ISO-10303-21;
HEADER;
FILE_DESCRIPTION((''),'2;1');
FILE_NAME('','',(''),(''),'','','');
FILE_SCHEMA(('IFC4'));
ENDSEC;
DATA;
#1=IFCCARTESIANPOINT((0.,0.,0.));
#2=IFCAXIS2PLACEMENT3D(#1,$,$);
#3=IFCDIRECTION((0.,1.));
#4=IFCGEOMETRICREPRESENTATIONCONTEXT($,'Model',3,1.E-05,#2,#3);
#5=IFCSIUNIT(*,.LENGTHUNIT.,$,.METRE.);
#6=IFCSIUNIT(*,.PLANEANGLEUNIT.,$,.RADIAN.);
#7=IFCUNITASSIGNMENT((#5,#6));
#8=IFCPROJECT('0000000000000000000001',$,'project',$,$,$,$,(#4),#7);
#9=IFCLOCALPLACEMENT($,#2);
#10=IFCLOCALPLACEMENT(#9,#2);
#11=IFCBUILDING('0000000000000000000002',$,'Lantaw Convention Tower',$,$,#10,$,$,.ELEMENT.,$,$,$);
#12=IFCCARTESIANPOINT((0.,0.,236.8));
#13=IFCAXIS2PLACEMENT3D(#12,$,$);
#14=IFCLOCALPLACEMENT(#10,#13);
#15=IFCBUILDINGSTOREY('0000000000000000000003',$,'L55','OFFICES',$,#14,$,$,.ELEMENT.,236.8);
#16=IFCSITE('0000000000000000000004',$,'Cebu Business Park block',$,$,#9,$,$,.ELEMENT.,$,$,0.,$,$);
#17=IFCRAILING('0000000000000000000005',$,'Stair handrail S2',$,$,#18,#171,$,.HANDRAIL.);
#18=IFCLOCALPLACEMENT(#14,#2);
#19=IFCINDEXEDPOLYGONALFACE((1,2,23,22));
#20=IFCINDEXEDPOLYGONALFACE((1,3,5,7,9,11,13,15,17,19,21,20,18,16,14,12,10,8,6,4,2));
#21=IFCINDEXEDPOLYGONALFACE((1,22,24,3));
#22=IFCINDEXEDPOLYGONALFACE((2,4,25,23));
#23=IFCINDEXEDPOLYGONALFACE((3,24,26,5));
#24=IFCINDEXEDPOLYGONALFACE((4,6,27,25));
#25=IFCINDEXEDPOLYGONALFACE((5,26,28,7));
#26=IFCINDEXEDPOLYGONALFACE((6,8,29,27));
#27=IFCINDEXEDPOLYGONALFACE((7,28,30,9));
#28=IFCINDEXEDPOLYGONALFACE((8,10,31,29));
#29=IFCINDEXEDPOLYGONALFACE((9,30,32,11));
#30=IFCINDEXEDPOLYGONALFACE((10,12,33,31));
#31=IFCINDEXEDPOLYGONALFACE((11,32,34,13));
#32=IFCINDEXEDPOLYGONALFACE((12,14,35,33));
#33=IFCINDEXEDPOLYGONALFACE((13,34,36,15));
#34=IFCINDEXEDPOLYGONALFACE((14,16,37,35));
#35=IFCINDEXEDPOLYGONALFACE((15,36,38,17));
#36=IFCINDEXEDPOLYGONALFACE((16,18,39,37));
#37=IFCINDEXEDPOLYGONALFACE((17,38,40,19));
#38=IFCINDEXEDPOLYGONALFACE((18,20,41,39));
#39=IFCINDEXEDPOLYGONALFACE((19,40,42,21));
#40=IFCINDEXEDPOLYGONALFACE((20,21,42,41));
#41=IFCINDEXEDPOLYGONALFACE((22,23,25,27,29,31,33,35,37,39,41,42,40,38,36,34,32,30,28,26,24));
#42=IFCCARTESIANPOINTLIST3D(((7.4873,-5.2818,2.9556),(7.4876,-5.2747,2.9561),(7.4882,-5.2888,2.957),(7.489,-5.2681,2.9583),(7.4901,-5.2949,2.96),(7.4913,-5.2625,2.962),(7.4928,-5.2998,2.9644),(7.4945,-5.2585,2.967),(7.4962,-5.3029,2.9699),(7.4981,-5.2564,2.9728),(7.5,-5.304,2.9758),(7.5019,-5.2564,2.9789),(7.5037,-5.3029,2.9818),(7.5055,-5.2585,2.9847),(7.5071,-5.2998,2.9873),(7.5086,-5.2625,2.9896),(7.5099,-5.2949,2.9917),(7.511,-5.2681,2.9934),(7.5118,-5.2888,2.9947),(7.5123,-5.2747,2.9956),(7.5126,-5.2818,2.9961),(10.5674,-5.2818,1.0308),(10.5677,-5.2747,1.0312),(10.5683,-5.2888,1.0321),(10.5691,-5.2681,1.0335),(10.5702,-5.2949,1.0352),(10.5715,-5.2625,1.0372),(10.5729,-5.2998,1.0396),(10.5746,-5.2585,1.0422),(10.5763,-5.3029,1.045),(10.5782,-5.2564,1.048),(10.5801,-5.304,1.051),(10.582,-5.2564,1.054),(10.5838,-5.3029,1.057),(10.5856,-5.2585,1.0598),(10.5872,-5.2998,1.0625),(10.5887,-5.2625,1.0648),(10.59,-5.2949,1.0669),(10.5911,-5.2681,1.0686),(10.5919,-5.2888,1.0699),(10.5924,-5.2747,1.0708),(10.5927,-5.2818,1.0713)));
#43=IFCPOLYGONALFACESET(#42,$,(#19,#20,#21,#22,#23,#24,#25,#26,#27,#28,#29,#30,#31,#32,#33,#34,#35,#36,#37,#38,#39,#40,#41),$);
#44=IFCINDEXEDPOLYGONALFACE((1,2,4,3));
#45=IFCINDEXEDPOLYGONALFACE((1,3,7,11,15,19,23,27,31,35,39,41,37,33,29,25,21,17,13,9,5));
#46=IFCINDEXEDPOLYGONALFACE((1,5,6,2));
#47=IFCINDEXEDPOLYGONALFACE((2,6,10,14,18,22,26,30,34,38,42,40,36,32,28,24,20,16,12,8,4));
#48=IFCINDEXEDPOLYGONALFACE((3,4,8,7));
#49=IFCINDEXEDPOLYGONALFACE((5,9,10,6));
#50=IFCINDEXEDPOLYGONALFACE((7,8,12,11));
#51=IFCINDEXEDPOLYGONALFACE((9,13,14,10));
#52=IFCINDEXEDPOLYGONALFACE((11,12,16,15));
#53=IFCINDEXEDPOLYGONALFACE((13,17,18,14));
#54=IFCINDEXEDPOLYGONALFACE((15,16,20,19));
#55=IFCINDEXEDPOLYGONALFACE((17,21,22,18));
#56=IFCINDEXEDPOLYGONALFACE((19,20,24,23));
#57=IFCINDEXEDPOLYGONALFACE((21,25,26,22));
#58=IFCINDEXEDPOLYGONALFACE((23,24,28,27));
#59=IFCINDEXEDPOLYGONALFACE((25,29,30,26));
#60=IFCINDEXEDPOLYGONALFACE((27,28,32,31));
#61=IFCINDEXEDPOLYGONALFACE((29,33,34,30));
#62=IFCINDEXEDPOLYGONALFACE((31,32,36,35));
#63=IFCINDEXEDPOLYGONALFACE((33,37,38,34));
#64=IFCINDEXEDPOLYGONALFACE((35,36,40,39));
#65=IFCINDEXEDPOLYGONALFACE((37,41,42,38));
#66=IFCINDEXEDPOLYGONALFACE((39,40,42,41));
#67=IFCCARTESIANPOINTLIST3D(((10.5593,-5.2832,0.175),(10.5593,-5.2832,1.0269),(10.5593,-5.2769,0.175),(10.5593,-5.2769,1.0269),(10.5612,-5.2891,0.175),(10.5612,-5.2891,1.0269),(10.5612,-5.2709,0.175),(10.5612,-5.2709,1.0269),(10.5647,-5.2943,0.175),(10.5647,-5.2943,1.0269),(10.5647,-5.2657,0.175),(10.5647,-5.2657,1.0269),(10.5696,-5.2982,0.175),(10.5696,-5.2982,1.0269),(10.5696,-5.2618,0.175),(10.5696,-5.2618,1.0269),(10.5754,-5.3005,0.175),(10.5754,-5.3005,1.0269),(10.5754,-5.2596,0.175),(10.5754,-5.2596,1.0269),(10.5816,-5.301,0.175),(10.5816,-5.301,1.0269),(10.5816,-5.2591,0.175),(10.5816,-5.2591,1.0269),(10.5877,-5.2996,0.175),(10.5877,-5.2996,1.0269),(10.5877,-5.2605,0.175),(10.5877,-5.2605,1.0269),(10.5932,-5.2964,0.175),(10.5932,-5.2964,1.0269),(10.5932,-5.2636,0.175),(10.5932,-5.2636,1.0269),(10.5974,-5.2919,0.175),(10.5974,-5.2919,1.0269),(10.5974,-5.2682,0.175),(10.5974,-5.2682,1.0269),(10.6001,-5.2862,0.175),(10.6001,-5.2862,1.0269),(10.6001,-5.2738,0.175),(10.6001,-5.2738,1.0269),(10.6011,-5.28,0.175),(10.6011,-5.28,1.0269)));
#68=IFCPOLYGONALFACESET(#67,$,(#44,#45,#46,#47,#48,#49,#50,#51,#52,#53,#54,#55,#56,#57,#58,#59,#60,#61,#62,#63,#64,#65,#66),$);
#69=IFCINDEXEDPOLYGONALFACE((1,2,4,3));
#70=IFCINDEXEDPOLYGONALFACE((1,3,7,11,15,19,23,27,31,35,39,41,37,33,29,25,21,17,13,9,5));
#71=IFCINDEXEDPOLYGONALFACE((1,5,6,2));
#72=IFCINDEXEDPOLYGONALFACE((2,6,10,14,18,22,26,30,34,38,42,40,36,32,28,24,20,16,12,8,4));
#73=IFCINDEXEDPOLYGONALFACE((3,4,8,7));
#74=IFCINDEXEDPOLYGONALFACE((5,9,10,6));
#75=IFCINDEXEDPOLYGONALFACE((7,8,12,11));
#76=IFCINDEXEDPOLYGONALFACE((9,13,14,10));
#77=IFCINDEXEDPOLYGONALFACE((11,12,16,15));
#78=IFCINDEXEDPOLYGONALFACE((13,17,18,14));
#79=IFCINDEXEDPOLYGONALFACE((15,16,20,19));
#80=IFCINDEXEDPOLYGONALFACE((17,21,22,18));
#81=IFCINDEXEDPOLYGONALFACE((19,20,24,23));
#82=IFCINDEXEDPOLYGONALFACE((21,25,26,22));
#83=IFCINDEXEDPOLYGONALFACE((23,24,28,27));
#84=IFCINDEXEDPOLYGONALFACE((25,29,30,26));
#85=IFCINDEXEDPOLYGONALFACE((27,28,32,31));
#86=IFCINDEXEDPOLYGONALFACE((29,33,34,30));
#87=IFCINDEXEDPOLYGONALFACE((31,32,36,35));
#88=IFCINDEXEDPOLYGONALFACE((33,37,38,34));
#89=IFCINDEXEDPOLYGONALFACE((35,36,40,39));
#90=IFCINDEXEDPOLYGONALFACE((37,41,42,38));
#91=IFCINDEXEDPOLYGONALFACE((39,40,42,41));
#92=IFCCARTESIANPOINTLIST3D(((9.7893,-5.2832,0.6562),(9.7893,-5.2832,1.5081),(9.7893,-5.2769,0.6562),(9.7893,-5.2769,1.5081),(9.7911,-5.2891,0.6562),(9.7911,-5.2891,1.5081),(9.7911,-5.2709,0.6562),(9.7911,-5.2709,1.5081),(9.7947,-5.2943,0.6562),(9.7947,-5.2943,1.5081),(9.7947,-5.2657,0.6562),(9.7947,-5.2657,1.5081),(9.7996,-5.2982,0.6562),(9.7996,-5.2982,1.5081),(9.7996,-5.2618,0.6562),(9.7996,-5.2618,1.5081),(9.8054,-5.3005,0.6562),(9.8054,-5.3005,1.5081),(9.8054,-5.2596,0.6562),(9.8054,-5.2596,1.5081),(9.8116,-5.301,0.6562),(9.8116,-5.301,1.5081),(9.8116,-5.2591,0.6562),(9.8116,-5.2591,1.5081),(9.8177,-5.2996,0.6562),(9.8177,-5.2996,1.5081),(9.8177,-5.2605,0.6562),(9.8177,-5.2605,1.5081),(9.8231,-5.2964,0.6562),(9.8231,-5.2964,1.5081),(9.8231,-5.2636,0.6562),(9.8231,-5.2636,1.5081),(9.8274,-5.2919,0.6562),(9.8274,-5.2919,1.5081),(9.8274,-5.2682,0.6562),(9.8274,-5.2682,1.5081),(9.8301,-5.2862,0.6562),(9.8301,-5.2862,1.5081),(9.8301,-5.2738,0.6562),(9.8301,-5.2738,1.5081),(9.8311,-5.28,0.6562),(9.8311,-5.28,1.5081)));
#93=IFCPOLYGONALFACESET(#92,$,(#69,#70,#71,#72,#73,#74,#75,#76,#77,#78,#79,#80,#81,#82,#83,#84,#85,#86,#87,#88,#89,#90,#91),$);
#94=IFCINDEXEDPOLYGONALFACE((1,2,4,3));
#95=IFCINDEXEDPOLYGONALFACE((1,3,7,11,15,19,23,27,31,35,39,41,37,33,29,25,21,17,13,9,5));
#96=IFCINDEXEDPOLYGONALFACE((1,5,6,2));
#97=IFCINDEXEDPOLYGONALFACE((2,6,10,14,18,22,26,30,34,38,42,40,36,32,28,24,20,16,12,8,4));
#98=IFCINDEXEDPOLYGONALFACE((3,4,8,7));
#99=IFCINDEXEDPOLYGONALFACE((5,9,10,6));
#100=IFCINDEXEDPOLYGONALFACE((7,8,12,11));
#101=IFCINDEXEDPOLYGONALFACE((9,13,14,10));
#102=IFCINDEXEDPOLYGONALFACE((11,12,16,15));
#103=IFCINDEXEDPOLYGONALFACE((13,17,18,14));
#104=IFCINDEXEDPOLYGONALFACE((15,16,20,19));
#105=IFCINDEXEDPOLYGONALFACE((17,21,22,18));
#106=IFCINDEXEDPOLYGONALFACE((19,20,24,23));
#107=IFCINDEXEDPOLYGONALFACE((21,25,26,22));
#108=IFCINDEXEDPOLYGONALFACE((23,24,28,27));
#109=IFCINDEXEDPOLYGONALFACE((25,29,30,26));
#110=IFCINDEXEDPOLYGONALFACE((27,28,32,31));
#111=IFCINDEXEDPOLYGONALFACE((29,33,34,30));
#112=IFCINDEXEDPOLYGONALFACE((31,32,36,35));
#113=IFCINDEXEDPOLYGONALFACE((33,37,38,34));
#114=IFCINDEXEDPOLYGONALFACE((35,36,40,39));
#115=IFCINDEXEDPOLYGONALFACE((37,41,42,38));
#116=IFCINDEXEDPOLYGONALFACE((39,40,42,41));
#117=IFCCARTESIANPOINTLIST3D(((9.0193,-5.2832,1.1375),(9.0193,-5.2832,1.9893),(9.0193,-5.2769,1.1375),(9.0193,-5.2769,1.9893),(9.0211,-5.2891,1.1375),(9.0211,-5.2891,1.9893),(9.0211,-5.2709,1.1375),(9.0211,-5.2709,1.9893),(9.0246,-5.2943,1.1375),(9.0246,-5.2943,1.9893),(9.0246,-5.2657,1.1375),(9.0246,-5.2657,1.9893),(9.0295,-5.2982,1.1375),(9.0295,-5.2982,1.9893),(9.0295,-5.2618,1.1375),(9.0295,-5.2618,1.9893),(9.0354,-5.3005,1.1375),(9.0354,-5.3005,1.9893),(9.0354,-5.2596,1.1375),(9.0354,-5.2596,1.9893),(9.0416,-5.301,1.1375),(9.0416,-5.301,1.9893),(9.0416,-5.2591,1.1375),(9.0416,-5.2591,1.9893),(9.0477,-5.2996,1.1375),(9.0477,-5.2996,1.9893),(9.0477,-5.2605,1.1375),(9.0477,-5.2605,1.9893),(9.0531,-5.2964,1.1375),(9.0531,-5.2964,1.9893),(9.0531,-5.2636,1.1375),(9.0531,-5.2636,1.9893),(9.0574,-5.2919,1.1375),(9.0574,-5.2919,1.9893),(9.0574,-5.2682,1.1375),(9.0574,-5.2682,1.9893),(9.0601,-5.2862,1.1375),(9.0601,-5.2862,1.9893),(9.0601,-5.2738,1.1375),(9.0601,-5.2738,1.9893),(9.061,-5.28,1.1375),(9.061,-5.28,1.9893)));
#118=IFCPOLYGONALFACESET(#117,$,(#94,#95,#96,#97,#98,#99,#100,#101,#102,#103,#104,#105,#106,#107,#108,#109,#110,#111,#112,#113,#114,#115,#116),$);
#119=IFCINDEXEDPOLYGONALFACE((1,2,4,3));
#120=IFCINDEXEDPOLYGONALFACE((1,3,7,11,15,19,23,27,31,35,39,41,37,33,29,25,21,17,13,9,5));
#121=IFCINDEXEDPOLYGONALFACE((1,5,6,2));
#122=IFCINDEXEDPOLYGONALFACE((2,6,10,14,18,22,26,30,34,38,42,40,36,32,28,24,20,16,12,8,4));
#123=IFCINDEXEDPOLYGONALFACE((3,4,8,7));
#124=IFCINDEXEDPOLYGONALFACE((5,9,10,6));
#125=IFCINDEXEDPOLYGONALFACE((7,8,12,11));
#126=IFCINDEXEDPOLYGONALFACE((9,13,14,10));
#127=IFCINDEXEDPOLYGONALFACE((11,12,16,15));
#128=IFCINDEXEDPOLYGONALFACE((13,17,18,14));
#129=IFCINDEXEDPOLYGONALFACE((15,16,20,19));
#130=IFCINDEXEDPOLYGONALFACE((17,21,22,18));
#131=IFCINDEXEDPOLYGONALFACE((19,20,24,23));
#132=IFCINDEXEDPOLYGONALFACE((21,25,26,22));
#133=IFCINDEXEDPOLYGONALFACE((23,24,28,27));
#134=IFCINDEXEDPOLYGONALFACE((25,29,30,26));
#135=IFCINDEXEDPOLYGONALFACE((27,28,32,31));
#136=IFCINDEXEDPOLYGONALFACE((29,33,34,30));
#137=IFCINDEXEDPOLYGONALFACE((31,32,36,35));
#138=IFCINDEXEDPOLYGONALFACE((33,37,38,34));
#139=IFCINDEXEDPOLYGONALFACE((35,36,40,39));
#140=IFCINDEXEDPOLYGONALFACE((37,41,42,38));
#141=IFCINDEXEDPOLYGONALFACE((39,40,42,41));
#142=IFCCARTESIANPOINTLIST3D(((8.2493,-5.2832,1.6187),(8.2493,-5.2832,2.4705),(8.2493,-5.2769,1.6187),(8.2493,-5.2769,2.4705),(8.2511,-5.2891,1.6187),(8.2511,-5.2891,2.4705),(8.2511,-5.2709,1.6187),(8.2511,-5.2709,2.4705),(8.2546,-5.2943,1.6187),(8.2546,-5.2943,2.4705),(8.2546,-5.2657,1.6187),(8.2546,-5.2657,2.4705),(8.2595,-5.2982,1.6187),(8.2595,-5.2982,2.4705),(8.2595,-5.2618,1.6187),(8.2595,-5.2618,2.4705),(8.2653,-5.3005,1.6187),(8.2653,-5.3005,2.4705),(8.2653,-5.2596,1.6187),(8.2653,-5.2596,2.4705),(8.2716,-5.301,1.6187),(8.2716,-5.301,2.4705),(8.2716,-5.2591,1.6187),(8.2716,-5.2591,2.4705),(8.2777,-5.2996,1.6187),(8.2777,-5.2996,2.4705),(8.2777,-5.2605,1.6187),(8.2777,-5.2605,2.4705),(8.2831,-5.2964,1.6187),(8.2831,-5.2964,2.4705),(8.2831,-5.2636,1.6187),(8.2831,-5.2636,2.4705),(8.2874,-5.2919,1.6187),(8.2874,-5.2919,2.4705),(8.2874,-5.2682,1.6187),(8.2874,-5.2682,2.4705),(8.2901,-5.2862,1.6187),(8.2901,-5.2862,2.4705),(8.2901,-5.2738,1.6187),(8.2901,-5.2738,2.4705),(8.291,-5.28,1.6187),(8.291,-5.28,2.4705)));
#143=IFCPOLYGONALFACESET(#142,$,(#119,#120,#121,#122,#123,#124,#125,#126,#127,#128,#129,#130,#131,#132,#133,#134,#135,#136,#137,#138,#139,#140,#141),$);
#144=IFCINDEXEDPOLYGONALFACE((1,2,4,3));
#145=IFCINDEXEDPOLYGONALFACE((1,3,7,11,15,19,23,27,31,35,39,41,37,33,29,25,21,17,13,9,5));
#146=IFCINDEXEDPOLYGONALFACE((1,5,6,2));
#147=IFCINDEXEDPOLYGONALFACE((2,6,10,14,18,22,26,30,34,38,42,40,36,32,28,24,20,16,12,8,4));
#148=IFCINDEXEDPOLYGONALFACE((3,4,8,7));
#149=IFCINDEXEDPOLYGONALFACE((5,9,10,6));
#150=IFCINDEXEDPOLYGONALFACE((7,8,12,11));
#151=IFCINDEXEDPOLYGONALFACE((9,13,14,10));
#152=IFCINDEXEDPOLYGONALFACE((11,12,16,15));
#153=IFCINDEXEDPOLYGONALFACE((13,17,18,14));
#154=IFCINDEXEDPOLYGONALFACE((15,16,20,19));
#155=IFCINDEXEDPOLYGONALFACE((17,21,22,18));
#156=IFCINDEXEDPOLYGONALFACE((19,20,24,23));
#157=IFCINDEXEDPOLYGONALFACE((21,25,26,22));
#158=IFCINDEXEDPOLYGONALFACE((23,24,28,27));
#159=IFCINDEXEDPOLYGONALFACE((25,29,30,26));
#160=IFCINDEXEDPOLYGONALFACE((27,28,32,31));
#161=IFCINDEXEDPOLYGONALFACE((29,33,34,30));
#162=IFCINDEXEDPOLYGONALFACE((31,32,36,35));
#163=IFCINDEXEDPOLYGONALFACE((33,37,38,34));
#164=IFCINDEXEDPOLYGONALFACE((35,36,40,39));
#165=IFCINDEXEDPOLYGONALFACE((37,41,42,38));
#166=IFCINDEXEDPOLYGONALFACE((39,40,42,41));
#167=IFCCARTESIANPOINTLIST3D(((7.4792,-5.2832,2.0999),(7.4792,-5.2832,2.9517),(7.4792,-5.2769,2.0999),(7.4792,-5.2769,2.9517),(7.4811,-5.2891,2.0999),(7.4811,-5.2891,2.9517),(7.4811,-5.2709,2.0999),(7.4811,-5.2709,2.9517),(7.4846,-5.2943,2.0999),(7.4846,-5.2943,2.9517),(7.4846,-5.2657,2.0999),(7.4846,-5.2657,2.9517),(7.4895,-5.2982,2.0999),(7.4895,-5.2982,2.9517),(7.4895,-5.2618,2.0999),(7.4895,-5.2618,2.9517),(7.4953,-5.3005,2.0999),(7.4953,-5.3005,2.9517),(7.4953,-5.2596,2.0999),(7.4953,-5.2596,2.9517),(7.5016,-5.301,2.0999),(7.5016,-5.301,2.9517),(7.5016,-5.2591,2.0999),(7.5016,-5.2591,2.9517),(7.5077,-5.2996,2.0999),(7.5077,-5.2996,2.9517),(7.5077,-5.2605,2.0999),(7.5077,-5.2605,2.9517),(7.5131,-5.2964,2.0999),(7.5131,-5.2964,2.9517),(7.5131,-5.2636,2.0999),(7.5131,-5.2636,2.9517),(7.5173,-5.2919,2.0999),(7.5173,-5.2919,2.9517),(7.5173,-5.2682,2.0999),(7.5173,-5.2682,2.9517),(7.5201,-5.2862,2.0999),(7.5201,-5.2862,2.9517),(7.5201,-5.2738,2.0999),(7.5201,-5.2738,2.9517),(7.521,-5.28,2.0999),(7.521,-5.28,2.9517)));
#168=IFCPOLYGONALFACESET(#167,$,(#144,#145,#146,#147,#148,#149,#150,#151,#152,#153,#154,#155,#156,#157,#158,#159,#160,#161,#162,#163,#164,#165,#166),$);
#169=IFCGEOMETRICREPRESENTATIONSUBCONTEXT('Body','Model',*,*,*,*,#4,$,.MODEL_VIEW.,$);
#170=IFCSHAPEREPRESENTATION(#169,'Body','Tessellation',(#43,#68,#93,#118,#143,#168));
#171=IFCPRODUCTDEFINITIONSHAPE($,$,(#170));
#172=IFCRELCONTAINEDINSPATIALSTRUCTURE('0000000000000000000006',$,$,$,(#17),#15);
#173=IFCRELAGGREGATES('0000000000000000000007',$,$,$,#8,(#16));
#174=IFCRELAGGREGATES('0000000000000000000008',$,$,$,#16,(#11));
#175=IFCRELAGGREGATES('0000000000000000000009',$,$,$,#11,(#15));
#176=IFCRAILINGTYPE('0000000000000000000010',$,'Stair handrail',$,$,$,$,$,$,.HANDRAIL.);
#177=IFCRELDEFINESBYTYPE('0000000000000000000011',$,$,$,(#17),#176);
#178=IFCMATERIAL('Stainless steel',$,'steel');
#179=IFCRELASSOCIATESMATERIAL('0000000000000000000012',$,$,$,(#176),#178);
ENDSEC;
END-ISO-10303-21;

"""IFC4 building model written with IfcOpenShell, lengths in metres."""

from ifc_helpers import new_model, si_unit, direction, frame, origin, origin_2d, place, context, subcontext, project, spatial, circle, extrude, material, type_object, element, save


model = new_model("IFC4")

# Units and contexts
model_context = context("Model", 3, precision=1e-05, world=origin(), true_north=direction((0.0, 1.0)))
body_context = subcontext(model_context, "Body", "Model", "MODEL_VIEW")
ifc_project = project(units=[si_unit("LENGTHUNIT", "METRE"), si_unit("PLANEANGLEUNIT", "RADIAN")], contexts=[model_context])

# Site, building, storey
site_placement = place(None, origin())
site = spatial("IfcSite", under=ifc_project, at=site_placement, Name="Cebu Business Park block", CompositionType="ELEMENT", RefElevation=0.0)
building_placement = place(site_placement, origin())
building = spatial("IfcBuilding", under=site, at=building_placement, Name="Lantaw Convention Tower", CompositionType="ELEMENT")
storey_placement = place(building_placement, frame((0.0, 0.0, 236.8)))
storey = spatial("IfcBuildingStorey", under=building, at=storey_placement, Name="L55", Description="OFFICES", CompositionType="ELEMENT", Elevation=236.8)

# Railing
ifc_material_1 = material(Name="Stainless steel", Category="steel")
railing_type = type_object("IfcRailingType", Name="Stair handrail", PredefinedType="HANDRAIL", material=ifc_material_1)
railing_1_placement = place(storey_placement, frame((10.5801, -5.28, 0.175)))
element("IfcRailing", 1, at=railing_1_placement, inside=storey, type_object=railing_type, Name="Stair handrail S2", PredefinedType="HANDRAIL", context=body_context, shape_type="SweptSolid", body=[
    extrude(circle(Radius=0.0239, at=origin_2d()), frame((0.0, 0.0, 0.876), z_axis=(-0.848029, 0.0, 0.529951), x_axis=(0.0, -1.0, 0.0)), (0.0, 0.0, 1.0), 3.6321),
    extrude(circle(Radius=0.021, at=origin_2d()), origin(), (0.0, 0.0, 1.0), 0.8518),
    extrude(circle(Radius=0.021, at=origin_2d()), frame((-0.77, 0.0, 0.4812)), (0.0, 0.0, 1.0), 0.8518),
    extrude(circle(Radius=0.021, at=origin_2d()), frame((-1.54, 0.0, 0.9624)), (0.0, 0.0, 1.0), 0.8518),
    extrude(circle(Radius=0.021, at=origin_2d()), frame((-2.3101, 0.0, 1.4436)), (0.0, 0.0, 1.0), 0.8518),
    extrude(circle(Radius=0.021, at=origin_2d()), frame((-3.0801, 0.0, 1.9248)), (0.0, 0.0, 1.0), 0.8518),
])

save(model, "model.ifc")
